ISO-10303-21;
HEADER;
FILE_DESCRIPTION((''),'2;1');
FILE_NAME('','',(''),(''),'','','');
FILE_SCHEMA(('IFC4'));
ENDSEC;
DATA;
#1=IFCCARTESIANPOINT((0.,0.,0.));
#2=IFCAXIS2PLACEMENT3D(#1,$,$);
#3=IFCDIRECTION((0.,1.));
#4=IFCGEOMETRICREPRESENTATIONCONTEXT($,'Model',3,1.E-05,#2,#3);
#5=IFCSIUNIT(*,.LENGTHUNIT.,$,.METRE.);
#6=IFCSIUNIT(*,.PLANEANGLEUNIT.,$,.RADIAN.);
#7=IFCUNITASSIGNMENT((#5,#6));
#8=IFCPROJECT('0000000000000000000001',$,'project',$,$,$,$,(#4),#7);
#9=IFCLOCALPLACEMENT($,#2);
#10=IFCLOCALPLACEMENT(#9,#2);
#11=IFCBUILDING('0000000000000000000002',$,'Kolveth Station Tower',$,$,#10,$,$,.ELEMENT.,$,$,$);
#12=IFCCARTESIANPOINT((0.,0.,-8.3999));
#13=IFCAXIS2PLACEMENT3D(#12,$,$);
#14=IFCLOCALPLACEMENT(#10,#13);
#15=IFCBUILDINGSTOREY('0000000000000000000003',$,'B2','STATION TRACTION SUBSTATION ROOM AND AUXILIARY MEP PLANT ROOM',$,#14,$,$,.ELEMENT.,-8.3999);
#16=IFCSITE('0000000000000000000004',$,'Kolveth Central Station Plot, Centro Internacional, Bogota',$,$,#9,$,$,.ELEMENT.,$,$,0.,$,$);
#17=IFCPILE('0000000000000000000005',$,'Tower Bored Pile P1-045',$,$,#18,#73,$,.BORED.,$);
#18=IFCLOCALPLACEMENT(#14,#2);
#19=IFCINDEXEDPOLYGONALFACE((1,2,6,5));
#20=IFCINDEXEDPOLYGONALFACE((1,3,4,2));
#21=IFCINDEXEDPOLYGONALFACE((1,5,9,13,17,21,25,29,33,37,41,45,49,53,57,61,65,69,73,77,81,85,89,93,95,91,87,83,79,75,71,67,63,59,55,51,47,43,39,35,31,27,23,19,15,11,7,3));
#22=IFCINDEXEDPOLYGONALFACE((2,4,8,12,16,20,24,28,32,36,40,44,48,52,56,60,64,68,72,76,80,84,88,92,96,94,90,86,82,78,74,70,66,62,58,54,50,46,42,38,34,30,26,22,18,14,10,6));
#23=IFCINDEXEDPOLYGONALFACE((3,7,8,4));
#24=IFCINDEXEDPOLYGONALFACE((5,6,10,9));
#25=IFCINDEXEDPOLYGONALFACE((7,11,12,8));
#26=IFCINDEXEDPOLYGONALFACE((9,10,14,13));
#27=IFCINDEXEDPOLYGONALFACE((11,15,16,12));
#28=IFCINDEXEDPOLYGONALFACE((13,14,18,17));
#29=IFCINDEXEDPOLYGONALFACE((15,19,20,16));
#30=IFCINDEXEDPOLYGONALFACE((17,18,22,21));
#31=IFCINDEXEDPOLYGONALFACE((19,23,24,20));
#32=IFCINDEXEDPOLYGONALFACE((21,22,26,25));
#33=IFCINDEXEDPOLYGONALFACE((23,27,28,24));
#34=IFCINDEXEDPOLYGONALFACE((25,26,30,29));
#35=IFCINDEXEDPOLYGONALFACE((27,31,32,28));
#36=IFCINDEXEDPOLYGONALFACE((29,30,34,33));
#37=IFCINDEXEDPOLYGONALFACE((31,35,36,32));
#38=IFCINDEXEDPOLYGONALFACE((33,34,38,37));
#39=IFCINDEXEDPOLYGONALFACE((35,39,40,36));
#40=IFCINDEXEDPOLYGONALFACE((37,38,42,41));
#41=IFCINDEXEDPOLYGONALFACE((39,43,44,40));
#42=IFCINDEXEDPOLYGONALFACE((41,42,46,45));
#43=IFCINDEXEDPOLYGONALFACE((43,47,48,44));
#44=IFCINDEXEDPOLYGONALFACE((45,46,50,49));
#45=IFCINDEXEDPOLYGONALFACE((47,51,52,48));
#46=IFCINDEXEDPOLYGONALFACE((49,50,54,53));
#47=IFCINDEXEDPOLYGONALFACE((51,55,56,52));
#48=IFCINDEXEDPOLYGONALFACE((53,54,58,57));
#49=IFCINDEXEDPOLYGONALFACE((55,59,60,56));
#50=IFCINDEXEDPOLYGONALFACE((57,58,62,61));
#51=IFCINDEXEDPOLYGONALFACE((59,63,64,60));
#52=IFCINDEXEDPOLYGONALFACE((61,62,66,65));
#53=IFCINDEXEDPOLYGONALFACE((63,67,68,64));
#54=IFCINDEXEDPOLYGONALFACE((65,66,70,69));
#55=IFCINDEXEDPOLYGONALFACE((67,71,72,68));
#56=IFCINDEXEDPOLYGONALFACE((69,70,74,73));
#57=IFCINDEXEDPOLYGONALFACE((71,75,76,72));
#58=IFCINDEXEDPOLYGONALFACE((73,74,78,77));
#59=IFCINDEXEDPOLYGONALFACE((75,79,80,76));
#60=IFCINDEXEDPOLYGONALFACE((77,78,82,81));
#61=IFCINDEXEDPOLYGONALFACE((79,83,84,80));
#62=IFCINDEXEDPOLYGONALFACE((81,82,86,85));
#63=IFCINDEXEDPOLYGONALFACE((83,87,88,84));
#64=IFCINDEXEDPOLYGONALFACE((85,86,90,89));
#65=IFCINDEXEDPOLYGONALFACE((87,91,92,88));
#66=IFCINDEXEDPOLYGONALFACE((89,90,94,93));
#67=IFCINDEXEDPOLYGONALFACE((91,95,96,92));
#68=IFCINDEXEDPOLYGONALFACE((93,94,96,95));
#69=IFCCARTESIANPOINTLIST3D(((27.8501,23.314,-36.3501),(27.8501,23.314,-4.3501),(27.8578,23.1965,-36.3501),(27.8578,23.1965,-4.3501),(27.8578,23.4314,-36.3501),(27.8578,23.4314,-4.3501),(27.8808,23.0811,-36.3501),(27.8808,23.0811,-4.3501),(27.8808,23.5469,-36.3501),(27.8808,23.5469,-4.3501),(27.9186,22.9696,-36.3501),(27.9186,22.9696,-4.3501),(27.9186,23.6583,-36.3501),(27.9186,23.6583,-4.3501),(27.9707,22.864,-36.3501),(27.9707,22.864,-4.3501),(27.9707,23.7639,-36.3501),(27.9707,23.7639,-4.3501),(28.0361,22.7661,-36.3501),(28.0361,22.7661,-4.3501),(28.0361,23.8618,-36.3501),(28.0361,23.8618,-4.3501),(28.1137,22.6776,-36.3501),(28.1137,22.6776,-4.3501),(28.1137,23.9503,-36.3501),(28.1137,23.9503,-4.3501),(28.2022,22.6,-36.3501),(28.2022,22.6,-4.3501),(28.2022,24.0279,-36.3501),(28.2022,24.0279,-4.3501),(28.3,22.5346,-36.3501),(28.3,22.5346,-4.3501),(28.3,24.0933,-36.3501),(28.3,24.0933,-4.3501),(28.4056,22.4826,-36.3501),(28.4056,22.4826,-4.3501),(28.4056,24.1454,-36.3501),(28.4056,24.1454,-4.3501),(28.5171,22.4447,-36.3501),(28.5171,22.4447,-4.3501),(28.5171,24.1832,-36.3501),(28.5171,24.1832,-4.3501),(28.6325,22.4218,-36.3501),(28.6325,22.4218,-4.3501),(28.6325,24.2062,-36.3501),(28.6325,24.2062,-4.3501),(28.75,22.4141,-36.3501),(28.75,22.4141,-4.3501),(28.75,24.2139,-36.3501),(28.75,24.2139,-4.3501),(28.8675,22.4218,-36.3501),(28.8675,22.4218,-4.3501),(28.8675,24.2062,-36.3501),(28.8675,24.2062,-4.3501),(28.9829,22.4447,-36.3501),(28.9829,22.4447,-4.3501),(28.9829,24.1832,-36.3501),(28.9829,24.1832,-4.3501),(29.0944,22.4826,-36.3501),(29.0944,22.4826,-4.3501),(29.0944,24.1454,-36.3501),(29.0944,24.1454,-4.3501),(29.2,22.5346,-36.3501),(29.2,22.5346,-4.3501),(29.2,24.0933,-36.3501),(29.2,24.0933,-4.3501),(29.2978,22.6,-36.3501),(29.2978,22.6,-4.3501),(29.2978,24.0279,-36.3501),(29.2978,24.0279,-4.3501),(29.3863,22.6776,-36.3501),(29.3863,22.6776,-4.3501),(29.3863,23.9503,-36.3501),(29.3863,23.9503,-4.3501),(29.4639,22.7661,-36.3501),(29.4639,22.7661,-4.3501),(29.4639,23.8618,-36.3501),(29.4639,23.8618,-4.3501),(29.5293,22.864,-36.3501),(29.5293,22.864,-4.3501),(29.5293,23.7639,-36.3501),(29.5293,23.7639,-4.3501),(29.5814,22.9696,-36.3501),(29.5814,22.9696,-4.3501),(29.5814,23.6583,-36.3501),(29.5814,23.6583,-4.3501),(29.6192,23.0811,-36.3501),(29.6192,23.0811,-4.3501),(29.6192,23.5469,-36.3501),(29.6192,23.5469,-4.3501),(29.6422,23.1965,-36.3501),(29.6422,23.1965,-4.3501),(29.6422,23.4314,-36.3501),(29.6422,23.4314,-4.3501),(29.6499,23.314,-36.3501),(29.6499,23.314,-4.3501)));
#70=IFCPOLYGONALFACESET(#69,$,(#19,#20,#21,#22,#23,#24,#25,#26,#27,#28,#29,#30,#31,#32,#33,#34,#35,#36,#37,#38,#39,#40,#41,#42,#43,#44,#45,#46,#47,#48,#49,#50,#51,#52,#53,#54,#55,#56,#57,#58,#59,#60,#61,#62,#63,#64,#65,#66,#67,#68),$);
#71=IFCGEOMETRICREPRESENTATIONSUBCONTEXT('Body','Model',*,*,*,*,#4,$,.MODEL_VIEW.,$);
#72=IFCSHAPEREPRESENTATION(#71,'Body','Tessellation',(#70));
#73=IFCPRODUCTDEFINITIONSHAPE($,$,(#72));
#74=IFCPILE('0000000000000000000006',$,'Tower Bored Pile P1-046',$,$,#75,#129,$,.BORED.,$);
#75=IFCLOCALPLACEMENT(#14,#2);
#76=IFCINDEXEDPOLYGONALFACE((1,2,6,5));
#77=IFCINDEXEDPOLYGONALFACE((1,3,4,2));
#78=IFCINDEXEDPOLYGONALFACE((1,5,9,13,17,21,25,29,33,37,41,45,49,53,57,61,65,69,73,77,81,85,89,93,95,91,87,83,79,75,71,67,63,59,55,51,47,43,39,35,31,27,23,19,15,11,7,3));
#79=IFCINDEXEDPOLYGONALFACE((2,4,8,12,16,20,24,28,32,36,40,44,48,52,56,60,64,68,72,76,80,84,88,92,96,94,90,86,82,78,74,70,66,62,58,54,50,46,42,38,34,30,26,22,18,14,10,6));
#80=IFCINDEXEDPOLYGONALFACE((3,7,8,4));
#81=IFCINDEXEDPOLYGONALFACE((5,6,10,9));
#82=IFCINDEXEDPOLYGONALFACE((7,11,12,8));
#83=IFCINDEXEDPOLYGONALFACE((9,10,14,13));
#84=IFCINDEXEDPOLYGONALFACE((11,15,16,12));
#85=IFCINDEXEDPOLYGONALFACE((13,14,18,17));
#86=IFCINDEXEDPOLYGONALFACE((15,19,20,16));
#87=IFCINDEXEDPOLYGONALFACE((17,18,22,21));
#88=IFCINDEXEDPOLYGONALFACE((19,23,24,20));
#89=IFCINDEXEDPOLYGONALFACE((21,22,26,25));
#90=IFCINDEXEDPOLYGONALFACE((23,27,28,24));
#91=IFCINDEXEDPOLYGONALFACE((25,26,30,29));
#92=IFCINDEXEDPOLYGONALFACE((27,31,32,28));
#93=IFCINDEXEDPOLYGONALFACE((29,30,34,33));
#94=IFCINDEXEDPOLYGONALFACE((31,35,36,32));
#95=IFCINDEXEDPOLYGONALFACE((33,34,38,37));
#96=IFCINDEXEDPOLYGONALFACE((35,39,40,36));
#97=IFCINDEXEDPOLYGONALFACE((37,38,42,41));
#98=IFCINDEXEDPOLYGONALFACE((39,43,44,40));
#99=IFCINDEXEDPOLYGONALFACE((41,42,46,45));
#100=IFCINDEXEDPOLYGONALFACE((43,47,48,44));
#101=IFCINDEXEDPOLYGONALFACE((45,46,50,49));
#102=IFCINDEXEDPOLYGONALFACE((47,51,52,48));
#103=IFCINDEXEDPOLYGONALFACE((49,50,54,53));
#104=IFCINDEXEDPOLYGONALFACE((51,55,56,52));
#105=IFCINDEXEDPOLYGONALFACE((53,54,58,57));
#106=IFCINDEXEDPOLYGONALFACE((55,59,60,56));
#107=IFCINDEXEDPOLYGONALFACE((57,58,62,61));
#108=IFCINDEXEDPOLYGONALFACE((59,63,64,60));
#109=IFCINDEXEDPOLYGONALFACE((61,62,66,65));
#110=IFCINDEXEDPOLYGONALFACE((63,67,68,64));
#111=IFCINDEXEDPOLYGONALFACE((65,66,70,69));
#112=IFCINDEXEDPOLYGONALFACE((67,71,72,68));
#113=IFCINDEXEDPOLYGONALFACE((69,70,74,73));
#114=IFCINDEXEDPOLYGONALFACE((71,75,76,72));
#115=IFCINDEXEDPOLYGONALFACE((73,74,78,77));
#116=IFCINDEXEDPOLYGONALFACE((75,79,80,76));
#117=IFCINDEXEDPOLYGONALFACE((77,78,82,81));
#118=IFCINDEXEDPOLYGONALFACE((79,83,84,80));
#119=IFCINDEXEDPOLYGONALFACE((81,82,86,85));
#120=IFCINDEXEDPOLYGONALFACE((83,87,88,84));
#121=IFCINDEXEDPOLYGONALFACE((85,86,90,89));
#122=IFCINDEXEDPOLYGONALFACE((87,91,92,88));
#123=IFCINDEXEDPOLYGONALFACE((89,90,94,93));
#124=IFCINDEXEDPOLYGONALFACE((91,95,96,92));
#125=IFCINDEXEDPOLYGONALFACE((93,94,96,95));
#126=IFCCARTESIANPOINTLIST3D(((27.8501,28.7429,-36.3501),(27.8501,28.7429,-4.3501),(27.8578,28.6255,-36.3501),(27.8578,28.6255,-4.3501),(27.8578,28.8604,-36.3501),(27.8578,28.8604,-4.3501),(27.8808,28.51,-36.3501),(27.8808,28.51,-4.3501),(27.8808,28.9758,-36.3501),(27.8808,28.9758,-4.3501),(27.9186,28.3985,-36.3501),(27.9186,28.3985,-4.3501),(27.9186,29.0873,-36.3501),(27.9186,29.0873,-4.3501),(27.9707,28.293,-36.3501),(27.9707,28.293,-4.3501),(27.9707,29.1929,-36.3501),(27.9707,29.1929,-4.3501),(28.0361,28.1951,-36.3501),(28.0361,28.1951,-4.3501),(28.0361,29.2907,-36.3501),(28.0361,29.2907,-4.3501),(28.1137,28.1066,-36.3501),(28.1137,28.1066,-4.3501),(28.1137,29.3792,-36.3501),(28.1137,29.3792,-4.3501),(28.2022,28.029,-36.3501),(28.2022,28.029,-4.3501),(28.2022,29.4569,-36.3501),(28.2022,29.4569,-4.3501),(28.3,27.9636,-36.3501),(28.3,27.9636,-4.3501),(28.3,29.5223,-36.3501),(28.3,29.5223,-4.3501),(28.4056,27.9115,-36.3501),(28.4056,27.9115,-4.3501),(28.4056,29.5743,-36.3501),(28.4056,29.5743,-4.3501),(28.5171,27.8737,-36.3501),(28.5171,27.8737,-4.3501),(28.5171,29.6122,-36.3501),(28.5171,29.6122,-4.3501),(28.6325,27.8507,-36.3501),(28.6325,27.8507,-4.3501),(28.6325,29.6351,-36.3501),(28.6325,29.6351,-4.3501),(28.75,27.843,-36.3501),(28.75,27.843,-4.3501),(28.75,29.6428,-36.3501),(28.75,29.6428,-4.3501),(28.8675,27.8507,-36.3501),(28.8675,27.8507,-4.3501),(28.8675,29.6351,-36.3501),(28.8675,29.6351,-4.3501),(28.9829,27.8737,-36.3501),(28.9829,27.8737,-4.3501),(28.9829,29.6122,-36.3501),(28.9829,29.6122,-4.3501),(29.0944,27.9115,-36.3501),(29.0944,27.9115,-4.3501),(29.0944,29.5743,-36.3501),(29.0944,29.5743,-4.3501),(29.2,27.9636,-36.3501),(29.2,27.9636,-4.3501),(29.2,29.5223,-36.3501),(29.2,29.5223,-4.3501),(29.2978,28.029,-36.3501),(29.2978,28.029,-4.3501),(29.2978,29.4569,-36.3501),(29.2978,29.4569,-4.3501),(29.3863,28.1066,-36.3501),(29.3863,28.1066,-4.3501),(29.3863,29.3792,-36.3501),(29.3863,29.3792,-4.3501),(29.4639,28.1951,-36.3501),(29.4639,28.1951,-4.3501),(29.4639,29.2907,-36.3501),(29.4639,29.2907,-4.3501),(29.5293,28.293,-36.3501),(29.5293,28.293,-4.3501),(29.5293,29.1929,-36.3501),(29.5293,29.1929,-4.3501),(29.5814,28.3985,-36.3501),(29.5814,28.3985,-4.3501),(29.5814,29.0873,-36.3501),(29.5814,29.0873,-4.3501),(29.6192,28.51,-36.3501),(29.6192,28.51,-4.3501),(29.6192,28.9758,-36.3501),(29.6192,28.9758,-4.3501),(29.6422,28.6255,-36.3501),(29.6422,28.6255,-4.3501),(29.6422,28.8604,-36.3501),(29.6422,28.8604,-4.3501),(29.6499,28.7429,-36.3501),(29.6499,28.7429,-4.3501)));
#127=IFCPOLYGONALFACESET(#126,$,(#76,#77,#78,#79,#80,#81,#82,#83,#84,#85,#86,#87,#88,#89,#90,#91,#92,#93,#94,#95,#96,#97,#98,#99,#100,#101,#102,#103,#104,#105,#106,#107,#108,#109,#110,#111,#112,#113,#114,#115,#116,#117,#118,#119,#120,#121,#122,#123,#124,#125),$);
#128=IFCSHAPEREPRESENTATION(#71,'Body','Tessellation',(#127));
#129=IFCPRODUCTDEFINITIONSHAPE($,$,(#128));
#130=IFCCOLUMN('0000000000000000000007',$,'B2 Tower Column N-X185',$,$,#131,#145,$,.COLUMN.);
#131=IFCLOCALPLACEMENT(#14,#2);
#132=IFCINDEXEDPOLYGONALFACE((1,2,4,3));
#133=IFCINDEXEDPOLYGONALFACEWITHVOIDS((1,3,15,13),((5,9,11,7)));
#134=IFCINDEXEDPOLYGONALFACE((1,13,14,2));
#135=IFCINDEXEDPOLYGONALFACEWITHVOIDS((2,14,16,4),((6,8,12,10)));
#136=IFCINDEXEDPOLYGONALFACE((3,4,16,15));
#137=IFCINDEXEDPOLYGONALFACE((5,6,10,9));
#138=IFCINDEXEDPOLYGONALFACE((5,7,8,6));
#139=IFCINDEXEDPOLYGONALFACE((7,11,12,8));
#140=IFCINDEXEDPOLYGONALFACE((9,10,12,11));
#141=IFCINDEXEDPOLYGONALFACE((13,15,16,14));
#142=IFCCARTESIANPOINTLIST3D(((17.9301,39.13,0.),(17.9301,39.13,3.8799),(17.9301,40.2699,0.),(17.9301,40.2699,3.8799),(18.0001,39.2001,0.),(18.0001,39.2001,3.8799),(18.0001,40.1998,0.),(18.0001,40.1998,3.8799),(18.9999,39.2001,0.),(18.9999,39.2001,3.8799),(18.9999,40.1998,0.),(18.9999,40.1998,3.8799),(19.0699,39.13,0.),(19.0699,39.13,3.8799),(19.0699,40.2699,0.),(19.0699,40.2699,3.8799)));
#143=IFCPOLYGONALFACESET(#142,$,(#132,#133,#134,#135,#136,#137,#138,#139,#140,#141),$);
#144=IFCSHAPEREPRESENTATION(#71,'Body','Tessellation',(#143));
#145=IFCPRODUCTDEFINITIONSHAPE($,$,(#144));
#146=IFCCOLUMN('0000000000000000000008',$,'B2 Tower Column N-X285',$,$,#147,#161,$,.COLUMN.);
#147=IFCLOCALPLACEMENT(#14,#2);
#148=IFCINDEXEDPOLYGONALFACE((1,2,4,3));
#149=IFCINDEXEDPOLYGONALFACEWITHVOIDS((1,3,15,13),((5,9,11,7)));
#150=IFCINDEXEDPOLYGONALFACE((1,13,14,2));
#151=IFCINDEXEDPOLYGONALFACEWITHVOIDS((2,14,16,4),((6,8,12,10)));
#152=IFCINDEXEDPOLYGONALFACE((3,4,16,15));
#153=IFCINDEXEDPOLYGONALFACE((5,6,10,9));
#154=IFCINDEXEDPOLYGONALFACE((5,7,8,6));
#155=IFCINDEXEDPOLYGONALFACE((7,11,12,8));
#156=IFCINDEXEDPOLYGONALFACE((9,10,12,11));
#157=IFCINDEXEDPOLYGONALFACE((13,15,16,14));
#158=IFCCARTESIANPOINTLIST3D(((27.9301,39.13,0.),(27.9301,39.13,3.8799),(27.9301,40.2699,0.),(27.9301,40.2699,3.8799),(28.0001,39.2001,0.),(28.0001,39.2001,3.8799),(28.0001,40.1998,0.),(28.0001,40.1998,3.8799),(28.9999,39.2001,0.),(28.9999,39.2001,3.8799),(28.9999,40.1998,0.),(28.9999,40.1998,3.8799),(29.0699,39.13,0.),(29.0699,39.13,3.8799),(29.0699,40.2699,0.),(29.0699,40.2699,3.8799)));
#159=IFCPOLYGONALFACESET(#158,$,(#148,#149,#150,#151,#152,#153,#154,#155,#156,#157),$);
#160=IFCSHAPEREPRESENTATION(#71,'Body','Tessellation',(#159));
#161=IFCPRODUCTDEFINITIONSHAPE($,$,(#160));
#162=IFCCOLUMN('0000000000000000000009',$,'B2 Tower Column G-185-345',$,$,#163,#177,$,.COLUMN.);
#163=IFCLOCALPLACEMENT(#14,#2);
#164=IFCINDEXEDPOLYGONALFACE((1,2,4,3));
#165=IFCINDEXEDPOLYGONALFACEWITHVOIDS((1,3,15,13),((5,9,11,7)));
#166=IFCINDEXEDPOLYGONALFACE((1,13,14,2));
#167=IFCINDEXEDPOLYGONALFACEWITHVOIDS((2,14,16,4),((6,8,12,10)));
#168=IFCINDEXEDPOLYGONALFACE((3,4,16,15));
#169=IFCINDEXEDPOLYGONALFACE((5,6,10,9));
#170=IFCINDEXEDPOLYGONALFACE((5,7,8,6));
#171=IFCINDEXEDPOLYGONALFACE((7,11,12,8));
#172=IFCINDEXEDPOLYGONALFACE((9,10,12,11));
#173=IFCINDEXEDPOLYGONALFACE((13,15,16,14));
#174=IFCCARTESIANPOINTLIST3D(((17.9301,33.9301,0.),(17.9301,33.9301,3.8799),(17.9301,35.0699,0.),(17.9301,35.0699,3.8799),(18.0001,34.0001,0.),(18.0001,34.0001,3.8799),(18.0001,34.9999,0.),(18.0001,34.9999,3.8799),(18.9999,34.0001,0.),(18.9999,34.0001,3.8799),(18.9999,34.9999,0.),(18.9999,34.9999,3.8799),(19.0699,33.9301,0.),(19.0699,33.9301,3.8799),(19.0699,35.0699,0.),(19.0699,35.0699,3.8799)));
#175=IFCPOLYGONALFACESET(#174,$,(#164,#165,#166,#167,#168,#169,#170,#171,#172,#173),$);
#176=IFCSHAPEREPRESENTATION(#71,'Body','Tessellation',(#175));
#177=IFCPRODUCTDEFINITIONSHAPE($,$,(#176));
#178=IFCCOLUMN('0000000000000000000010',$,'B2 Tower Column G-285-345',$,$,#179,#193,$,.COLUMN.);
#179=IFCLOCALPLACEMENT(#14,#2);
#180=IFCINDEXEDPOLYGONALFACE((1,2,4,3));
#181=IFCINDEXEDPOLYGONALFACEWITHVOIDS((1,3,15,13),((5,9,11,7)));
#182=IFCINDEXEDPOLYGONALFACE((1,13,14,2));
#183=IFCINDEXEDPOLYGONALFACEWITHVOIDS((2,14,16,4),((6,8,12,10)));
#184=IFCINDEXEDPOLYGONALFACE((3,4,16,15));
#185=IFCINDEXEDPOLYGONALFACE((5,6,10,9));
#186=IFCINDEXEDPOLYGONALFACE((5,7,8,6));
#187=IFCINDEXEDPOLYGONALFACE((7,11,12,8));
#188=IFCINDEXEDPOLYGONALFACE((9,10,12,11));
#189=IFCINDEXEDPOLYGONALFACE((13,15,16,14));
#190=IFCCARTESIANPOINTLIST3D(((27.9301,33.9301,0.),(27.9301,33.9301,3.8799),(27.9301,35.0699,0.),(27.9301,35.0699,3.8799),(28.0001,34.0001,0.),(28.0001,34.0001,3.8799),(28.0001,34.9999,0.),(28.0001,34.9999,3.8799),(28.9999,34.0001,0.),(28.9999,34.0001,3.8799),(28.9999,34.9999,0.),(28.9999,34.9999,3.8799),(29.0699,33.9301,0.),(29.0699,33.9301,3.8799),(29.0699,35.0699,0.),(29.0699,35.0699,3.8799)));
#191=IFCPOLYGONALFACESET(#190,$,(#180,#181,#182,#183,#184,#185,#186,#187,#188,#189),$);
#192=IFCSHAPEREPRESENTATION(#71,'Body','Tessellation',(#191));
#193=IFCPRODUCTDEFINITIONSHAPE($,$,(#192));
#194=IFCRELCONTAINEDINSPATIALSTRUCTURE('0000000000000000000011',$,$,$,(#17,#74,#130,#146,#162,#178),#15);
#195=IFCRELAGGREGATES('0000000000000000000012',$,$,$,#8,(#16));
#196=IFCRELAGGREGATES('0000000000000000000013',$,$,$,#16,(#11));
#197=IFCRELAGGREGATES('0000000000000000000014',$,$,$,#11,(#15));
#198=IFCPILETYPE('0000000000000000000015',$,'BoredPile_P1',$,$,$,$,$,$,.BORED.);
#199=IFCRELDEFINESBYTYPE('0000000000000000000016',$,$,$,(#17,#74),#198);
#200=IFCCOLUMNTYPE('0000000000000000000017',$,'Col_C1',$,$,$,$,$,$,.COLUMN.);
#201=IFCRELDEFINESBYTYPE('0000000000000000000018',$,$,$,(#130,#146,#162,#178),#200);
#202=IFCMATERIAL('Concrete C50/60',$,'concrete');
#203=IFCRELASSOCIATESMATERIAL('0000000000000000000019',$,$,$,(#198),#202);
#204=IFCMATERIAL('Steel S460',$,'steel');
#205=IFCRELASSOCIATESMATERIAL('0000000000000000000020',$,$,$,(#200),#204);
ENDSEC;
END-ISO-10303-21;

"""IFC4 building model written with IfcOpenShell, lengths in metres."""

from ifc_helpers import new_model, si_unit, direction, frame, origin, origin_2d, place, context, subcontext, project, spatial, hollow_rectangle, circle, extrude, source, transform, mapped, material, material_profile, profile_set, type_object, element, save


model = new_model("IFC4")

# Units and contexts
model_context = context("Model", 3, precision=1e-05, world=origin(), true_north=direction((0.0, 1.0)))
body_context = subcontext(model_context, "Body", "Model", "MODEL_VIEW")
ifc_project = project(units=[si_unit("LENGTHUNIT", "METRE"), si_unit("PLANEANGLEUNIT", "RADIAN")], contexts=[model_context])

# Site, building, storey
site_placement = place(None, origin())
site = spatial("IfcSite", under=ifc_project, at=site_placement, Name="Kolveth Central Station Plot, Centro Internacional, Bogota", CompositionType="ELEMENT", RefElevation=0.0)
building_placement = place(site_placement, origin())
building = spatial("IfcBuilding", under=site, at=building_placement, Name="Kolveth Station Tower", CompositionType="ELEMENT")
storey_placement = place(building_placement, frame((0.0, 0.0, -8.3999)))
storey = spatial("IfcBuildingStorey", under=building, at=storey_placement, Name="B2", Description="STATION TRACTION SUBSTATION ROOM AND AUXILIARY MEP PLANT ROOM", CompositionType="ELEMENT", Elevation=-8.3999)

# Piles
ifc_material_1 = material(Name="Concrete C50/60", Category="concrete")
ifc_material_profile_1 = material_profile(ifc_material_1, circle(Radius=0.8999, at=origin_2d()), Name="PILE-D1800")
ifc_profile_set_1 = profile_set([ifc_material_profile_1], Name="Concrete C50/60")
pile_type_1 = type_object("IfcPileType", Name="BoredPile_P1", PredefinedType="BORED", material=ifc_profile_set_1)
shared_shape_1 = source(origin(), body_context, "Body", "SweptSolid", [
    extrude(circle(Radius=0.8999, at=origin_2d()), origin(), (0.0, 0.0, 1.0), 32.0),
])
for number, where, z_axis, x_axis, name in (
    (1, (28.75, 23.314, -4.3501), (0.0, 0.0, -1.0), (1.0, 0.0, 0.0), "Tower Bored Pile P1-045"),
    (2, (28.75, 28.7429, -4.3501), (0.0, 0.0, -1.0), (1.0, 0.0, 0.0), "Tower Bored Pile P1-046"),
):
    element("IfcPile", number, at=place(storey_placement, frame(where, z_axis=z_axis, x_axis=x_axis)), inside=storey, type_object=pile_type_1, Name=name, PredefinedType="BORED", context=body_context, shape_type="MappedRepresentation", body=[
        mapped(shared_shape_1, transform((0.0, 0.0, 0.0), x_axis=(1.0, 0.0, 0.0), y_axis=(0.0, 1.0, 0.0), z_axis=(0.0, 0.0, 1.0), scale=1.0)),
    ])

# Columns
ifc_material_2 = material(Name="Steel S460", Category="steel")
ifc_material_profile_2 = material_profile(ifc_material_2, hollow_rectangle(XDim=1.1399, YDim=1.1399, WallThickness=0.0701, at=origin_2d()), Name="BOX1140x1140x70")
ifc_profile_set_2 = profile_set([ifc_material_profile_2], Name="Steel S460")
column_type_1 = type_object("IfcColumnType", Name="Col_C1", PredefinedType="COLUMN", material=ifc_profile_set_2)
shared_shape_2 = source(origin(), body_context, "Body", "SweptSolid", [
    extrude(hollow_rectangle(XDim=1.1399, YDim=1.1399, WallThickness=0.0701, at=origin_2d()), origin(), (0.0, 0.0, 1.0), 3.8799),
])
for number, where, z_axis, x_axis, name in (
    (3, (18.5, 39.7, 0.0), (0.0, 0.0, 1.0), (1.0, 0.0, 0.0), "B2 Tower Column N-X185"),
    (4, (28.5, 39.7, 0.0), (0.0, 0.0, 1.0), (1.0, 0.0, 0.0), "B2 Tower Column N-X285"),
    (5, (18.5, 34.5, 0.0), (0.0, 0.0, 1.0), (1.0, 0.0, 0.0), "B2 Tower Column G-185-345"),
    (6, (28.5, 34.5, 0.0), (0.0, 0.0, 1.0), (1.0, 0.0, 0.0), "B2 Tower Column G-285-345"),
):
    element("IfcColumn", number, at=place(storey_placement, frame(where, z_axis=z_axis, x_axis=x_axis)), inside=storey, type_object=column_type_1, Name=name, PredefinedType="COLUMN", context=body_context, shape_type="MappedRepresentation", body=[
        mapped(shared_shape_2, transform((0.0, 0.0, 0.0), x_axis=(1.0, 0.0, 0.0), y_axis=(0.0, 1.0, 0.0), z_axis=(0.0, 0.0, 1.0), scale=1.0)),
    ])

save(model, "model.ifc")
